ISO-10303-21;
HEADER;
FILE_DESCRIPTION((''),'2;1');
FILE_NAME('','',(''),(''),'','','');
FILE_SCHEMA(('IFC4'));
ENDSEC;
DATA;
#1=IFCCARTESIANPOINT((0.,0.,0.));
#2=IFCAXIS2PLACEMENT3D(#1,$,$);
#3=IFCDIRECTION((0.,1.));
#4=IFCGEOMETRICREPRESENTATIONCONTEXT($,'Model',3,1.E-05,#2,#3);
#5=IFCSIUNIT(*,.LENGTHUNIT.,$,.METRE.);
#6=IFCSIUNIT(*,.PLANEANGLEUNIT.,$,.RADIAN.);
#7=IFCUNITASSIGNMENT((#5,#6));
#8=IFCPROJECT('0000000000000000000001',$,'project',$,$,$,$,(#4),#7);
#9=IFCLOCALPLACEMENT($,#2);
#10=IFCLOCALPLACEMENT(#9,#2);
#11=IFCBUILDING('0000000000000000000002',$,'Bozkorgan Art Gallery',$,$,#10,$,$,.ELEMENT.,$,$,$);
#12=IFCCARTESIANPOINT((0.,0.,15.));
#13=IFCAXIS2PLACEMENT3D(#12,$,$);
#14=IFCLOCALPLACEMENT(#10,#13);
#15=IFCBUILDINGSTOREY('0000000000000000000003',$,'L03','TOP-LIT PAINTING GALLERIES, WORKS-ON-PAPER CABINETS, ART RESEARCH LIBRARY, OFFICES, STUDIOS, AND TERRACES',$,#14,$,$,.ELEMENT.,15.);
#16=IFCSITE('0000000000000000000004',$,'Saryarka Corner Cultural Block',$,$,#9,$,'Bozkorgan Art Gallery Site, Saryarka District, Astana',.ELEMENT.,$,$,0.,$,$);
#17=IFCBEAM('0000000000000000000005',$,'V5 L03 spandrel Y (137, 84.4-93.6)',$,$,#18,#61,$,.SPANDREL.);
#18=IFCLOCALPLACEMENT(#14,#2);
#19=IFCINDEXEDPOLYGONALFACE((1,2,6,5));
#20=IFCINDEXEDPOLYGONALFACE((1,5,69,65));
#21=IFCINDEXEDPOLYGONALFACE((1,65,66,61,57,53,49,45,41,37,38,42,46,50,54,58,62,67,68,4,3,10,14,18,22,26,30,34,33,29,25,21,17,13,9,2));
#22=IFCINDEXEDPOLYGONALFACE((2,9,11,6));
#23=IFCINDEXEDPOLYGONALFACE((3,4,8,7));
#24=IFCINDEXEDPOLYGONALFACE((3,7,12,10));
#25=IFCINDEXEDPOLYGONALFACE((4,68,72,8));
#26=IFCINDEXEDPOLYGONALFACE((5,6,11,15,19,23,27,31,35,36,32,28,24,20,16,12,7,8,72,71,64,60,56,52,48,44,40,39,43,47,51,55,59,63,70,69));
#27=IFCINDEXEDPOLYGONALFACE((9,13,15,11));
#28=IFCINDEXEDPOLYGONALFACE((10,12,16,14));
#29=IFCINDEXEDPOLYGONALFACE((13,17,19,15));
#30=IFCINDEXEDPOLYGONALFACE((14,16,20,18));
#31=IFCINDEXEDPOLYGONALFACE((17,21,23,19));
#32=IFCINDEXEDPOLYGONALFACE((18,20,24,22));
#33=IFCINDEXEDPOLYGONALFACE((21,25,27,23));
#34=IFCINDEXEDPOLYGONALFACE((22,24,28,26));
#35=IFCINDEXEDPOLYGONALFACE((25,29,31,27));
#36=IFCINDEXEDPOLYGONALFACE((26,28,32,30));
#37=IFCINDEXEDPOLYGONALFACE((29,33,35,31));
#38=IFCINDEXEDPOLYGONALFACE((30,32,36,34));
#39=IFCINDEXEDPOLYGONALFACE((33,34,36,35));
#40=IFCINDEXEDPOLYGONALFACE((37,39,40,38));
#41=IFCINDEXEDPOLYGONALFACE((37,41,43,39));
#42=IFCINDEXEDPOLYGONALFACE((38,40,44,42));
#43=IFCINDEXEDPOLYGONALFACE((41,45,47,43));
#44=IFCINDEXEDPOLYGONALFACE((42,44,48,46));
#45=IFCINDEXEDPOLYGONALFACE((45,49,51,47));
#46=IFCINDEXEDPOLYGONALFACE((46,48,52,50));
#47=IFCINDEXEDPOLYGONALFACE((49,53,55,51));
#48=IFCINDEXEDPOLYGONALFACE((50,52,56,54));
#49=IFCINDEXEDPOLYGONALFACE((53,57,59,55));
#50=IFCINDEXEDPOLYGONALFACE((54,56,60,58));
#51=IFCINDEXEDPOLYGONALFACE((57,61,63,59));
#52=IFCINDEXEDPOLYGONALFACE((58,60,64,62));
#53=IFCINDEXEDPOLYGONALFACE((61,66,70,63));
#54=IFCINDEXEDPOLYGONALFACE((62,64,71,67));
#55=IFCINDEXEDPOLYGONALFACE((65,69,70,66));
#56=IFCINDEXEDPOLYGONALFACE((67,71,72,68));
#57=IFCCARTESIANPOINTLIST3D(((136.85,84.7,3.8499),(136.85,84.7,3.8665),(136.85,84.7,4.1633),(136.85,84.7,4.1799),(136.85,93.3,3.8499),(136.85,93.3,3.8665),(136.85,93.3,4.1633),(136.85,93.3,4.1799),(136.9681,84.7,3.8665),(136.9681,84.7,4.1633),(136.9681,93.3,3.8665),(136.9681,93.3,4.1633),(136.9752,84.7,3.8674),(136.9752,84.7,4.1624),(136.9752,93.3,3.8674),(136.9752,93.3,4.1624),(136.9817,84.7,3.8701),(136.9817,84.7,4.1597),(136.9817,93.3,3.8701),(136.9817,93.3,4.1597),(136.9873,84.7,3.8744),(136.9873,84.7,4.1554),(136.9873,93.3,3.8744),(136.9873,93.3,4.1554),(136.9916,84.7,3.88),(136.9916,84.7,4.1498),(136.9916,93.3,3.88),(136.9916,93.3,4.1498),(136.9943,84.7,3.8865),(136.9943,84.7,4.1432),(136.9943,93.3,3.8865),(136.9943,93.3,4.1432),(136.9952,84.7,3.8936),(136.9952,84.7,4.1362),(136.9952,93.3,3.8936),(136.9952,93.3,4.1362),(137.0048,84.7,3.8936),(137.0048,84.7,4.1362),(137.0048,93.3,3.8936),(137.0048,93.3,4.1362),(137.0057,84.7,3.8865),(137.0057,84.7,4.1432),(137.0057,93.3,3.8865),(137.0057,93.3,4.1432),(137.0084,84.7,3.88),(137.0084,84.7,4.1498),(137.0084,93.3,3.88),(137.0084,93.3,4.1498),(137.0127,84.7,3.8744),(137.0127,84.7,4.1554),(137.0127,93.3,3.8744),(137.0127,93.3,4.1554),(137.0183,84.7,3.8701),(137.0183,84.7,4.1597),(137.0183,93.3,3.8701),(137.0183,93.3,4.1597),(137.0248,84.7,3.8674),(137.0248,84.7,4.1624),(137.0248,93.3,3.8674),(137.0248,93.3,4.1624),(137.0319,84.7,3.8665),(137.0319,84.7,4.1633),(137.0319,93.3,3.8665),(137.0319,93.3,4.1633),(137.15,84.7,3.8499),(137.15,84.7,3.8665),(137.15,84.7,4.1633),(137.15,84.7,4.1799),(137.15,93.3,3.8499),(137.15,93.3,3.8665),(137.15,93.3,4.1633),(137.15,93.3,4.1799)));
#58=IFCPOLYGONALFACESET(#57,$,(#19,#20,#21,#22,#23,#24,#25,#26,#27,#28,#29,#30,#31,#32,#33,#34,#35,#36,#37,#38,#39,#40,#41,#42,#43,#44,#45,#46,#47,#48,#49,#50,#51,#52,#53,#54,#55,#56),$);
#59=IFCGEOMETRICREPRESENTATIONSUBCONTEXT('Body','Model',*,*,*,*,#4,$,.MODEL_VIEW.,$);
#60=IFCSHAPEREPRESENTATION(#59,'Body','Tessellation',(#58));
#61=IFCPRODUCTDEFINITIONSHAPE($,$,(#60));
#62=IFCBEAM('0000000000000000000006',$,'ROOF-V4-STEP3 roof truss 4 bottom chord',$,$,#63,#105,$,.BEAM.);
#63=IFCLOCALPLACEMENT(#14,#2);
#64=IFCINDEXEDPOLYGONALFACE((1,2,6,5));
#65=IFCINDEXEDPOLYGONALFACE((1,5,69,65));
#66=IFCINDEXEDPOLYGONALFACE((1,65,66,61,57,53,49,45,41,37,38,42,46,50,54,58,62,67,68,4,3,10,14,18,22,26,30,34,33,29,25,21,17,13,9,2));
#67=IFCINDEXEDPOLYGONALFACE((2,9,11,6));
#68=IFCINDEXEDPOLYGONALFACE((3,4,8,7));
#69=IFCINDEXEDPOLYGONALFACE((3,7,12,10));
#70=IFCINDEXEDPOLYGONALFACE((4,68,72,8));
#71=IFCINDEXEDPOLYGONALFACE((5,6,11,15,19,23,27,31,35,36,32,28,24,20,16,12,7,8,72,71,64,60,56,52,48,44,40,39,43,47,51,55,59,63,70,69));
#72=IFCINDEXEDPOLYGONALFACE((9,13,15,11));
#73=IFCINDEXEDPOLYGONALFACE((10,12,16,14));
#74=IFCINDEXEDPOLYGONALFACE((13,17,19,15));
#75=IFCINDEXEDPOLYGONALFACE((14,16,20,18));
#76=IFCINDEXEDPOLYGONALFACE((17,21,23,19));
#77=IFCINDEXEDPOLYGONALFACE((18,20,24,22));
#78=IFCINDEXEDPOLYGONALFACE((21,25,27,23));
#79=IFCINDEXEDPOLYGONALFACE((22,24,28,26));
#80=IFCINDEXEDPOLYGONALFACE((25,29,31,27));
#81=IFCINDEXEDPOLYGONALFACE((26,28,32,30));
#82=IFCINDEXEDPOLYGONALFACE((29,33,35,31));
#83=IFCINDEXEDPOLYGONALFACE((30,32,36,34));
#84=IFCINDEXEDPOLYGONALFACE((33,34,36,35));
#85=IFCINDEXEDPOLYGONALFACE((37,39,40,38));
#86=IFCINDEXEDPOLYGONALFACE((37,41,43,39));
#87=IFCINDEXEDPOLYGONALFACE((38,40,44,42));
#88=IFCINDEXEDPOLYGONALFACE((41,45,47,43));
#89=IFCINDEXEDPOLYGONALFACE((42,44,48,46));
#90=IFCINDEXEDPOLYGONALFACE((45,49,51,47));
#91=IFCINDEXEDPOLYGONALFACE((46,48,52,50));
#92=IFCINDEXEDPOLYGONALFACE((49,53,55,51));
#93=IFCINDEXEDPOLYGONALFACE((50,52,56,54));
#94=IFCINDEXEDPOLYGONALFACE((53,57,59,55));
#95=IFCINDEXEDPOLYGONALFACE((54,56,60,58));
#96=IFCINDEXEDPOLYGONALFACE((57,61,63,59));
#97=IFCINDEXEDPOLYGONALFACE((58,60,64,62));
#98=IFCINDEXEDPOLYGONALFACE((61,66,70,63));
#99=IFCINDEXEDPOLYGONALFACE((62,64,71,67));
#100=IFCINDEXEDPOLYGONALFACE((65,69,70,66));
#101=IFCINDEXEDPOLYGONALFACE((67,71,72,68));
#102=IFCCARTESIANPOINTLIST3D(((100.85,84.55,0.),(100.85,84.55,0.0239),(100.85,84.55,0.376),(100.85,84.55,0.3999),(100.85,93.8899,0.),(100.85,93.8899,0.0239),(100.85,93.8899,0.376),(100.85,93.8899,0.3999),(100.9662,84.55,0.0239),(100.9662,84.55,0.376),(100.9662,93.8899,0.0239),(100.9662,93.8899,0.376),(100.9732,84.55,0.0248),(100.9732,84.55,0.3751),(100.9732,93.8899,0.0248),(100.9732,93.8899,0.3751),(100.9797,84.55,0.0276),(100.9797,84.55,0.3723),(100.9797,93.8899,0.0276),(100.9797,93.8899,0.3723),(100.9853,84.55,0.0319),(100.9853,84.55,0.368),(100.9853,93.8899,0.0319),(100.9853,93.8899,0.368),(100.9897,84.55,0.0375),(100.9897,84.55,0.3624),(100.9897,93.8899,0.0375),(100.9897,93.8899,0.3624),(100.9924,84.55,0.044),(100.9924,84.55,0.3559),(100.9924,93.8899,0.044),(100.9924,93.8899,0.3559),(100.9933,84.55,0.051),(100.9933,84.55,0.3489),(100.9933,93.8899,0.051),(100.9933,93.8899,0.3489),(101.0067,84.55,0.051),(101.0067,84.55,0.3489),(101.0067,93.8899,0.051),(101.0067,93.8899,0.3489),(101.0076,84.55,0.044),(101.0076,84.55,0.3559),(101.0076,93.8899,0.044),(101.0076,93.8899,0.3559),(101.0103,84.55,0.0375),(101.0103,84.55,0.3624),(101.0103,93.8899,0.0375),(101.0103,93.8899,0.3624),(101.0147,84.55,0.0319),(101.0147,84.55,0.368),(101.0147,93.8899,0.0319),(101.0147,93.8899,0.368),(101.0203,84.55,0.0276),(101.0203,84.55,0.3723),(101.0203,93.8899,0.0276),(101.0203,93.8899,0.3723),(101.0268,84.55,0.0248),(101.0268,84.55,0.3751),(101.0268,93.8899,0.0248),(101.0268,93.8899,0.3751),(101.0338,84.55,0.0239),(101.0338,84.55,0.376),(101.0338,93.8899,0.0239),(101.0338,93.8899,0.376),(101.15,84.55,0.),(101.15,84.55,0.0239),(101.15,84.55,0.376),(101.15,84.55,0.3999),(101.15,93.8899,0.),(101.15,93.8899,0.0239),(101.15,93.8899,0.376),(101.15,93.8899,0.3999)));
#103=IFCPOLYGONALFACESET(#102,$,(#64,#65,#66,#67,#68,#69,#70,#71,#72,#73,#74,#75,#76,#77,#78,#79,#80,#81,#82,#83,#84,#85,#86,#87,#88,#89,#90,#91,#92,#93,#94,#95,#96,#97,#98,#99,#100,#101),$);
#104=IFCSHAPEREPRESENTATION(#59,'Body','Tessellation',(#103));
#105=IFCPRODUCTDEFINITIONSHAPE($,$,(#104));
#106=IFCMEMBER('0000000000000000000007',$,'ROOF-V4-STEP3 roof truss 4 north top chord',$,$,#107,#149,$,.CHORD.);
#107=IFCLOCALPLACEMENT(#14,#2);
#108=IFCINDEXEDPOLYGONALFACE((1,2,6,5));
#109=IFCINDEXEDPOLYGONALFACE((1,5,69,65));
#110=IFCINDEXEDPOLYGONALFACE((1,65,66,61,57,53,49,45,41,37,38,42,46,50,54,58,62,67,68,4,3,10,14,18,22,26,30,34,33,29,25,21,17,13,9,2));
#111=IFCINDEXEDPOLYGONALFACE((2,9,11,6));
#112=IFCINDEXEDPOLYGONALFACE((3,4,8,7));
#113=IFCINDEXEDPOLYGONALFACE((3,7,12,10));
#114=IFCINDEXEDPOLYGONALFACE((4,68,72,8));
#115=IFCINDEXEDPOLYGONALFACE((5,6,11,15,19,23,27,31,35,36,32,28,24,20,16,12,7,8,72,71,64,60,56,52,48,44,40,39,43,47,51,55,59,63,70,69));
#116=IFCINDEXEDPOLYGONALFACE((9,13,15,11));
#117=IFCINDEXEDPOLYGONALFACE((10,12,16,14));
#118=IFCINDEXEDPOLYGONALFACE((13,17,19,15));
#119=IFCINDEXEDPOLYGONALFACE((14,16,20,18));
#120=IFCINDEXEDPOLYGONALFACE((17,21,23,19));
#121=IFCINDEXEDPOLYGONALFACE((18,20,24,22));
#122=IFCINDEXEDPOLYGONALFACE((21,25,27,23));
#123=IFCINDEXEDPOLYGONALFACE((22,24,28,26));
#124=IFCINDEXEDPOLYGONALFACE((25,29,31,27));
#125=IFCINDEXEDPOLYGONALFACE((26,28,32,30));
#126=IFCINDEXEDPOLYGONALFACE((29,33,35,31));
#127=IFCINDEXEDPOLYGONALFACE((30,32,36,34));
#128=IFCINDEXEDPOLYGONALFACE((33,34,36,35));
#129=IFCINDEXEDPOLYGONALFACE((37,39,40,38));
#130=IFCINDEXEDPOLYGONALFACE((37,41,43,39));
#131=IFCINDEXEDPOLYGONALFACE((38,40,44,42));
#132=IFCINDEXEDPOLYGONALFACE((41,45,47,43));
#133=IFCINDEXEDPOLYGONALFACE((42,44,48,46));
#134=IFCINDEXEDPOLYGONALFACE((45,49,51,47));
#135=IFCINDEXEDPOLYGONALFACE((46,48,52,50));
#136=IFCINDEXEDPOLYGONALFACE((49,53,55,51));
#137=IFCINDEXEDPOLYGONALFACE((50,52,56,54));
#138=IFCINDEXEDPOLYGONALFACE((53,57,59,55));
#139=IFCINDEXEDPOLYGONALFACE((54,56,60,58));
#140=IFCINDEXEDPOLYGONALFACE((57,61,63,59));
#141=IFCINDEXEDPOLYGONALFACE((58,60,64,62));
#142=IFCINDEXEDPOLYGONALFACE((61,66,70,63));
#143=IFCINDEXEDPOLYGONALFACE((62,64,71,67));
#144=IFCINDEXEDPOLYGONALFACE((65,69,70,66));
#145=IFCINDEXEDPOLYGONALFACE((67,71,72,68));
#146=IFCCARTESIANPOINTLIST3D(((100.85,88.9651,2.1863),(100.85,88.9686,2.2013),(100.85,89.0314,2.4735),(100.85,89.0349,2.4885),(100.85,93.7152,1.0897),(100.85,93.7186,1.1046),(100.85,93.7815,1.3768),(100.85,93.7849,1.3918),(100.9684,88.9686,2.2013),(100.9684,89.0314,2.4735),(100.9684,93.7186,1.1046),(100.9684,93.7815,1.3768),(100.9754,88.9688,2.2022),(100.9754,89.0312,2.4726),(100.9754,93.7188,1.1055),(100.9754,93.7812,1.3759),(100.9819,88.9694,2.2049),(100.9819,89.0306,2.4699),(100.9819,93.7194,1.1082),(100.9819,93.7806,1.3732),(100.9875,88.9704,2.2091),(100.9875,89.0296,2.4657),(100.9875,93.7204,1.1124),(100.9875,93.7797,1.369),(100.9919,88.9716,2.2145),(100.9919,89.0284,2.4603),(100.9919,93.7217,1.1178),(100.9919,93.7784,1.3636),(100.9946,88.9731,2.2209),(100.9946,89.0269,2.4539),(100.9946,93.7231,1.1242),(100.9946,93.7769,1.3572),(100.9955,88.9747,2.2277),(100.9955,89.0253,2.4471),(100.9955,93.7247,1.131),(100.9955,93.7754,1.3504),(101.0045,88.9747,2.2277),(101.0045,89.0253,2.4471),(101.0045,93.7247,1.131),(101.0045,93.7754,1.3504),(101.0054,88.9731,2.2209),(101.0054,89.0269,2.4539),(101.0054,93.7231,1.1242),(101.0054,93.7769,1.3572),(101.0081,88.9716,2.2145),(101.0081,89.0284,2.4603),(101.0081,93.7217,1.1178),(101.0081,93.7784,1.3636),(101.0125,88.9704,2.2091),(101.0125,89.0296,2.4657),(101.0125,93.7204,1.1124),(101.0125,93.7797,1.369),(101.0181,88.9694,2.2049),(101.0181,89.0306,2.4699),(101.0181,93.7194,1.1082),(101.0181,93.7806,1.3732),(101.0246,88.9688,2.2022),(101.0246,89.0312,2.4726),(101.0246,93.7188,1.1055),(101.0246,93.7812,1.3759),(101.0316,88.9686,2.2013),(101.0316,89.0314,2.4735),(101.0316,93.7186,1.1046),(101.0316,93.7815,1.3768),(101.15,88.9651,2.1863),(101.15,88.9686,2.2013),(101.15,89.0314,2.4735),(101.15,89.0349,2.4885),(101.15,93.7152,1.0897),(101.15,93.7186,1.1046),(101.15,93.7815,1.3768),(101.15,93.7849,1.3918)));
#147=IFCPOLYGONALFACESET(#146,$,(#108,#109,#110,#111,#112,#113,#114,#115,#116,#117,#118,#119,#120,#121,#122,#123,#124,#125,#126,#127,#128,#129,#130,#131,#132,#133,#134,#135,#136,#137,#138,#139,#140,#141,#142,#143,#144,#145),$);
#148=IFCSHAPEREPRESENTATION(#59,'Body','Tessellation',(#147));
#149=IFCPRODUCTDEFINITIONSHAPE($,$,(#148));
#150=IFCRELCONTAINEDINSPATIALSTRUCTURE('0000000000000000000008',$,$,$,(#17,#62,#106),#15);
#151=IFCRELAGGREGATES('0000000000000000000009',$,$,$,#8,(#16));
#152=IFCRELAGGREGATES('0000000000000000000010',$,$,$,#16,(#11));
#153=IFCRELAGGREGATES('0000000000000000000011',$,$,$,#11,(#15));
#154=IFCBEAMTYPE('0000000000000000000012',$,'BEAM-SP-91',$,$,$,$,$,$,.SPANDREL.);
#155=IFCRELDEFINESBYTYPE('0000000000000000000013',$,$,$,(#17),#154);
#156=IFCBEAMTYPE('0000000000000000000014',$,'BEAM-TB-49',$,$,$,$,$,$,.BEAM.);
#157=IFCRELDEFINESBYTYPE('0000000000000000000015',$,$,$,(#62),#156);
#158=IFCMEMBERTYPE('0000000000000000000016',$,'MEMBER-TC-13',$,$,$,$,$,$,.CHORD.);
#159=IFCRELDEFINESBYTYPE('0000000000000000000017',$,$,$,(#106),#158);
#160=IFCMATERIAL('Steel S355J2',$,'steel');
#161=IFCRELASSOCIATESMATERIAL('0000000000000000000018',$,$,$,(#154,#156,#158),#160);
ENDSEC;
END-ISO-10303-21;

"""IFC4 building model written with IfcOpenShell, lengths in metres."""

from ifc_helpers import new_model, si_unit, direction, frame, origin, origin_2d, place, context, subcontext, project, spatial, i_section, extrude, material, material_profile, profile_set, type_object, element, save


model = new_model("IFC4")

# Units and contexts
model_context = context("Model", 3, precision=1e-05, world=origin(), true_north=direction((0.0, 1.0)))
body_context = subcontext(model_context, "Body", "Model", "MODEL_VIEW")
ifc_project = project(units=[si_unit("LENGTHUNIT", "METRE"), si_unit("PLANEANGLEUNIT", "RADIAN")], contexts=[model_context])

# Site, building, storey
site_placement = place(None, origin())
site = spatial("IfcSite", under=ifc_project, at=site_placement, Name="Saryarka Corner Cultural Block", LongName="Bozkorgan Art Gallery Site, Saryarka District, Astana", CompositionType="ELEMENT", RefElevation=0.0)
building_placement = place(site_placement, origin())
building = spatial("IfcBuilding", under=site, at=building_placement, Name="Bozkorgan Art Gallery", CompositionType="ELEMENT")
storey_placement = place(building_placement, frame((0.0, 0.0, 15.0)))
storey = spatial("IfcBuildingStorey", under=building, at=storey_placement, Name="L03", Description="TOP-LIT PAINTING GALLERIES, WORKS-ON-PAPER CABINETS, ART RESEARCH LIBRARY, OFFICES, STUDIOS, AND TERRACES", CompositionType="ELEMENT", Elevation=15.0)

# Beams
ifc_material_1 = material(Name="Steel S355J2", Category="steel")
ifc_material_profile_1 = material_profile(ifc_material_1, i_section(OverallWidth=0.3, OverallDepth=0.3301, WebThickness=0.0095, FlangeThickness=0.0166, FilletRadius=0.0271, at=origin_2d()), Name="HEA 340")
ifc_profile_set_1 = profile_set([ifc_material_profile_1], Name="Steel S355J2")
beam_type_1 = type_object("IfcBeamType", Name="BEAM-SP-91", PredefinedType="SPANDREL", material=ifc_profile_set_1)
for number, where, z_axis, x_axis, name in (
    (1, (137.0, 84.7, 4.0149), (0.0, 1.0, 0.0), (-1.0, 0.0, 0.0), "V5 L03 spandrel Y (137, 84.4-93.6)"),
):
    element("IfcBeam", number, at=place(storey_placement, frame(where, z_axis=z_axis, x_axis=x_axis)), inside=storey, type_object=beam_type_1, Name=name, PredefinedType="SPANDREL", context=body_context, shape_type="SweptSolid", body=[
        extrude(i_section(OverallWidth=0.3, OverallDepth=0.3301, WebThickness=0.0095, FlangeThickness=0.0166, FilletRadius=0.0271, at=origin_2d()), origin(), (0.0, 0.0, 1.0), 8.6001),
    ])
ifc_material_profile_2 = material_profile(ifc_material_1, i_section(OverallWidth=0.3, OverallDepth=0.3999, WebThickness=0.0134, FlangeThickness=0.0239, FilletRadius=0.0271, at=origin_2d()), Name="HEB 400")
ifc_profile_set_2 = profile_set([ifc_material_profile_2], Name="Steel S355J2")
beam_type_2 = type_object("IfcBeamType", Name="BEAM-TB-49", PredefinedType="BEAM", material=ifc_profile_set_2)
beam_1_placement = place(storey_placement, frame((101.0, 84.55, 0.2), z_axis=(0.0, 1.0, 0.0), x_axis=(-1.0, 0.0, 0.0)))
element("IfcBeam", 2, at=beam_1_placement, inside=storey, type_object=beam_type_2, Name="ROOF-V4-STEP3 roof truss 4 bottom chord", PredefinedType="BEAM", context=body_context, shape_type="SweptSolid", body=[
    extrude(i_section(OverallWidth=0.3, OverallDepth=0.3999, WebThickness=0.0134, FlangeThickness=0.0239, FilletRadius=0.0271, at=origin_2d()), origin(), (0.0, 0.0, 1.0), 9.3398),
])

# Member
ifc_material_profile_3 = material_profile(ifc_material_1, i_section(OverallWidth=0.3, OverallDepth=0.3101, WebThickness=0.009, FlangeThickness=0.0154, FilletRadius=0.0271, at=origin_2d()), Name="HEA 320")
ifc_profile_set_3 = profile_set([ifc_material_profile_3], Name="Steel S355J2")
member_type_1 = type_object("IfcMemberType", Name="MEMBER-TC-13", PredefinedType="CHORD", material=ifc_profile_set_3)
member_1_placement = place(storey_placement, frame((101.0, 89.0, 2.3374), z_axis=(0.0, 0.974368, -0.224962), x_axis=(-1.0, 0.0, 0.0)))
element("IfcMember", 3, at=member_1_placement, inside=storey, type_object=member_type_1, Name="ROOF-V4-STEP3 roof truss 4 north top chord", PredefinedType="CHORD", context=body_context, shape_type="SweptSolid", body=[
    extrude(i_section(OverallWidth=0.3, OverallDepth=0.3101, WebThickness=0.009, FlangeThickness=0.0154, FilletRadius=0.0271, at=origin_2d()), origin(), (0.0, 0.0, 1.0), 4.875),
])

save(model, "model.ifc")
